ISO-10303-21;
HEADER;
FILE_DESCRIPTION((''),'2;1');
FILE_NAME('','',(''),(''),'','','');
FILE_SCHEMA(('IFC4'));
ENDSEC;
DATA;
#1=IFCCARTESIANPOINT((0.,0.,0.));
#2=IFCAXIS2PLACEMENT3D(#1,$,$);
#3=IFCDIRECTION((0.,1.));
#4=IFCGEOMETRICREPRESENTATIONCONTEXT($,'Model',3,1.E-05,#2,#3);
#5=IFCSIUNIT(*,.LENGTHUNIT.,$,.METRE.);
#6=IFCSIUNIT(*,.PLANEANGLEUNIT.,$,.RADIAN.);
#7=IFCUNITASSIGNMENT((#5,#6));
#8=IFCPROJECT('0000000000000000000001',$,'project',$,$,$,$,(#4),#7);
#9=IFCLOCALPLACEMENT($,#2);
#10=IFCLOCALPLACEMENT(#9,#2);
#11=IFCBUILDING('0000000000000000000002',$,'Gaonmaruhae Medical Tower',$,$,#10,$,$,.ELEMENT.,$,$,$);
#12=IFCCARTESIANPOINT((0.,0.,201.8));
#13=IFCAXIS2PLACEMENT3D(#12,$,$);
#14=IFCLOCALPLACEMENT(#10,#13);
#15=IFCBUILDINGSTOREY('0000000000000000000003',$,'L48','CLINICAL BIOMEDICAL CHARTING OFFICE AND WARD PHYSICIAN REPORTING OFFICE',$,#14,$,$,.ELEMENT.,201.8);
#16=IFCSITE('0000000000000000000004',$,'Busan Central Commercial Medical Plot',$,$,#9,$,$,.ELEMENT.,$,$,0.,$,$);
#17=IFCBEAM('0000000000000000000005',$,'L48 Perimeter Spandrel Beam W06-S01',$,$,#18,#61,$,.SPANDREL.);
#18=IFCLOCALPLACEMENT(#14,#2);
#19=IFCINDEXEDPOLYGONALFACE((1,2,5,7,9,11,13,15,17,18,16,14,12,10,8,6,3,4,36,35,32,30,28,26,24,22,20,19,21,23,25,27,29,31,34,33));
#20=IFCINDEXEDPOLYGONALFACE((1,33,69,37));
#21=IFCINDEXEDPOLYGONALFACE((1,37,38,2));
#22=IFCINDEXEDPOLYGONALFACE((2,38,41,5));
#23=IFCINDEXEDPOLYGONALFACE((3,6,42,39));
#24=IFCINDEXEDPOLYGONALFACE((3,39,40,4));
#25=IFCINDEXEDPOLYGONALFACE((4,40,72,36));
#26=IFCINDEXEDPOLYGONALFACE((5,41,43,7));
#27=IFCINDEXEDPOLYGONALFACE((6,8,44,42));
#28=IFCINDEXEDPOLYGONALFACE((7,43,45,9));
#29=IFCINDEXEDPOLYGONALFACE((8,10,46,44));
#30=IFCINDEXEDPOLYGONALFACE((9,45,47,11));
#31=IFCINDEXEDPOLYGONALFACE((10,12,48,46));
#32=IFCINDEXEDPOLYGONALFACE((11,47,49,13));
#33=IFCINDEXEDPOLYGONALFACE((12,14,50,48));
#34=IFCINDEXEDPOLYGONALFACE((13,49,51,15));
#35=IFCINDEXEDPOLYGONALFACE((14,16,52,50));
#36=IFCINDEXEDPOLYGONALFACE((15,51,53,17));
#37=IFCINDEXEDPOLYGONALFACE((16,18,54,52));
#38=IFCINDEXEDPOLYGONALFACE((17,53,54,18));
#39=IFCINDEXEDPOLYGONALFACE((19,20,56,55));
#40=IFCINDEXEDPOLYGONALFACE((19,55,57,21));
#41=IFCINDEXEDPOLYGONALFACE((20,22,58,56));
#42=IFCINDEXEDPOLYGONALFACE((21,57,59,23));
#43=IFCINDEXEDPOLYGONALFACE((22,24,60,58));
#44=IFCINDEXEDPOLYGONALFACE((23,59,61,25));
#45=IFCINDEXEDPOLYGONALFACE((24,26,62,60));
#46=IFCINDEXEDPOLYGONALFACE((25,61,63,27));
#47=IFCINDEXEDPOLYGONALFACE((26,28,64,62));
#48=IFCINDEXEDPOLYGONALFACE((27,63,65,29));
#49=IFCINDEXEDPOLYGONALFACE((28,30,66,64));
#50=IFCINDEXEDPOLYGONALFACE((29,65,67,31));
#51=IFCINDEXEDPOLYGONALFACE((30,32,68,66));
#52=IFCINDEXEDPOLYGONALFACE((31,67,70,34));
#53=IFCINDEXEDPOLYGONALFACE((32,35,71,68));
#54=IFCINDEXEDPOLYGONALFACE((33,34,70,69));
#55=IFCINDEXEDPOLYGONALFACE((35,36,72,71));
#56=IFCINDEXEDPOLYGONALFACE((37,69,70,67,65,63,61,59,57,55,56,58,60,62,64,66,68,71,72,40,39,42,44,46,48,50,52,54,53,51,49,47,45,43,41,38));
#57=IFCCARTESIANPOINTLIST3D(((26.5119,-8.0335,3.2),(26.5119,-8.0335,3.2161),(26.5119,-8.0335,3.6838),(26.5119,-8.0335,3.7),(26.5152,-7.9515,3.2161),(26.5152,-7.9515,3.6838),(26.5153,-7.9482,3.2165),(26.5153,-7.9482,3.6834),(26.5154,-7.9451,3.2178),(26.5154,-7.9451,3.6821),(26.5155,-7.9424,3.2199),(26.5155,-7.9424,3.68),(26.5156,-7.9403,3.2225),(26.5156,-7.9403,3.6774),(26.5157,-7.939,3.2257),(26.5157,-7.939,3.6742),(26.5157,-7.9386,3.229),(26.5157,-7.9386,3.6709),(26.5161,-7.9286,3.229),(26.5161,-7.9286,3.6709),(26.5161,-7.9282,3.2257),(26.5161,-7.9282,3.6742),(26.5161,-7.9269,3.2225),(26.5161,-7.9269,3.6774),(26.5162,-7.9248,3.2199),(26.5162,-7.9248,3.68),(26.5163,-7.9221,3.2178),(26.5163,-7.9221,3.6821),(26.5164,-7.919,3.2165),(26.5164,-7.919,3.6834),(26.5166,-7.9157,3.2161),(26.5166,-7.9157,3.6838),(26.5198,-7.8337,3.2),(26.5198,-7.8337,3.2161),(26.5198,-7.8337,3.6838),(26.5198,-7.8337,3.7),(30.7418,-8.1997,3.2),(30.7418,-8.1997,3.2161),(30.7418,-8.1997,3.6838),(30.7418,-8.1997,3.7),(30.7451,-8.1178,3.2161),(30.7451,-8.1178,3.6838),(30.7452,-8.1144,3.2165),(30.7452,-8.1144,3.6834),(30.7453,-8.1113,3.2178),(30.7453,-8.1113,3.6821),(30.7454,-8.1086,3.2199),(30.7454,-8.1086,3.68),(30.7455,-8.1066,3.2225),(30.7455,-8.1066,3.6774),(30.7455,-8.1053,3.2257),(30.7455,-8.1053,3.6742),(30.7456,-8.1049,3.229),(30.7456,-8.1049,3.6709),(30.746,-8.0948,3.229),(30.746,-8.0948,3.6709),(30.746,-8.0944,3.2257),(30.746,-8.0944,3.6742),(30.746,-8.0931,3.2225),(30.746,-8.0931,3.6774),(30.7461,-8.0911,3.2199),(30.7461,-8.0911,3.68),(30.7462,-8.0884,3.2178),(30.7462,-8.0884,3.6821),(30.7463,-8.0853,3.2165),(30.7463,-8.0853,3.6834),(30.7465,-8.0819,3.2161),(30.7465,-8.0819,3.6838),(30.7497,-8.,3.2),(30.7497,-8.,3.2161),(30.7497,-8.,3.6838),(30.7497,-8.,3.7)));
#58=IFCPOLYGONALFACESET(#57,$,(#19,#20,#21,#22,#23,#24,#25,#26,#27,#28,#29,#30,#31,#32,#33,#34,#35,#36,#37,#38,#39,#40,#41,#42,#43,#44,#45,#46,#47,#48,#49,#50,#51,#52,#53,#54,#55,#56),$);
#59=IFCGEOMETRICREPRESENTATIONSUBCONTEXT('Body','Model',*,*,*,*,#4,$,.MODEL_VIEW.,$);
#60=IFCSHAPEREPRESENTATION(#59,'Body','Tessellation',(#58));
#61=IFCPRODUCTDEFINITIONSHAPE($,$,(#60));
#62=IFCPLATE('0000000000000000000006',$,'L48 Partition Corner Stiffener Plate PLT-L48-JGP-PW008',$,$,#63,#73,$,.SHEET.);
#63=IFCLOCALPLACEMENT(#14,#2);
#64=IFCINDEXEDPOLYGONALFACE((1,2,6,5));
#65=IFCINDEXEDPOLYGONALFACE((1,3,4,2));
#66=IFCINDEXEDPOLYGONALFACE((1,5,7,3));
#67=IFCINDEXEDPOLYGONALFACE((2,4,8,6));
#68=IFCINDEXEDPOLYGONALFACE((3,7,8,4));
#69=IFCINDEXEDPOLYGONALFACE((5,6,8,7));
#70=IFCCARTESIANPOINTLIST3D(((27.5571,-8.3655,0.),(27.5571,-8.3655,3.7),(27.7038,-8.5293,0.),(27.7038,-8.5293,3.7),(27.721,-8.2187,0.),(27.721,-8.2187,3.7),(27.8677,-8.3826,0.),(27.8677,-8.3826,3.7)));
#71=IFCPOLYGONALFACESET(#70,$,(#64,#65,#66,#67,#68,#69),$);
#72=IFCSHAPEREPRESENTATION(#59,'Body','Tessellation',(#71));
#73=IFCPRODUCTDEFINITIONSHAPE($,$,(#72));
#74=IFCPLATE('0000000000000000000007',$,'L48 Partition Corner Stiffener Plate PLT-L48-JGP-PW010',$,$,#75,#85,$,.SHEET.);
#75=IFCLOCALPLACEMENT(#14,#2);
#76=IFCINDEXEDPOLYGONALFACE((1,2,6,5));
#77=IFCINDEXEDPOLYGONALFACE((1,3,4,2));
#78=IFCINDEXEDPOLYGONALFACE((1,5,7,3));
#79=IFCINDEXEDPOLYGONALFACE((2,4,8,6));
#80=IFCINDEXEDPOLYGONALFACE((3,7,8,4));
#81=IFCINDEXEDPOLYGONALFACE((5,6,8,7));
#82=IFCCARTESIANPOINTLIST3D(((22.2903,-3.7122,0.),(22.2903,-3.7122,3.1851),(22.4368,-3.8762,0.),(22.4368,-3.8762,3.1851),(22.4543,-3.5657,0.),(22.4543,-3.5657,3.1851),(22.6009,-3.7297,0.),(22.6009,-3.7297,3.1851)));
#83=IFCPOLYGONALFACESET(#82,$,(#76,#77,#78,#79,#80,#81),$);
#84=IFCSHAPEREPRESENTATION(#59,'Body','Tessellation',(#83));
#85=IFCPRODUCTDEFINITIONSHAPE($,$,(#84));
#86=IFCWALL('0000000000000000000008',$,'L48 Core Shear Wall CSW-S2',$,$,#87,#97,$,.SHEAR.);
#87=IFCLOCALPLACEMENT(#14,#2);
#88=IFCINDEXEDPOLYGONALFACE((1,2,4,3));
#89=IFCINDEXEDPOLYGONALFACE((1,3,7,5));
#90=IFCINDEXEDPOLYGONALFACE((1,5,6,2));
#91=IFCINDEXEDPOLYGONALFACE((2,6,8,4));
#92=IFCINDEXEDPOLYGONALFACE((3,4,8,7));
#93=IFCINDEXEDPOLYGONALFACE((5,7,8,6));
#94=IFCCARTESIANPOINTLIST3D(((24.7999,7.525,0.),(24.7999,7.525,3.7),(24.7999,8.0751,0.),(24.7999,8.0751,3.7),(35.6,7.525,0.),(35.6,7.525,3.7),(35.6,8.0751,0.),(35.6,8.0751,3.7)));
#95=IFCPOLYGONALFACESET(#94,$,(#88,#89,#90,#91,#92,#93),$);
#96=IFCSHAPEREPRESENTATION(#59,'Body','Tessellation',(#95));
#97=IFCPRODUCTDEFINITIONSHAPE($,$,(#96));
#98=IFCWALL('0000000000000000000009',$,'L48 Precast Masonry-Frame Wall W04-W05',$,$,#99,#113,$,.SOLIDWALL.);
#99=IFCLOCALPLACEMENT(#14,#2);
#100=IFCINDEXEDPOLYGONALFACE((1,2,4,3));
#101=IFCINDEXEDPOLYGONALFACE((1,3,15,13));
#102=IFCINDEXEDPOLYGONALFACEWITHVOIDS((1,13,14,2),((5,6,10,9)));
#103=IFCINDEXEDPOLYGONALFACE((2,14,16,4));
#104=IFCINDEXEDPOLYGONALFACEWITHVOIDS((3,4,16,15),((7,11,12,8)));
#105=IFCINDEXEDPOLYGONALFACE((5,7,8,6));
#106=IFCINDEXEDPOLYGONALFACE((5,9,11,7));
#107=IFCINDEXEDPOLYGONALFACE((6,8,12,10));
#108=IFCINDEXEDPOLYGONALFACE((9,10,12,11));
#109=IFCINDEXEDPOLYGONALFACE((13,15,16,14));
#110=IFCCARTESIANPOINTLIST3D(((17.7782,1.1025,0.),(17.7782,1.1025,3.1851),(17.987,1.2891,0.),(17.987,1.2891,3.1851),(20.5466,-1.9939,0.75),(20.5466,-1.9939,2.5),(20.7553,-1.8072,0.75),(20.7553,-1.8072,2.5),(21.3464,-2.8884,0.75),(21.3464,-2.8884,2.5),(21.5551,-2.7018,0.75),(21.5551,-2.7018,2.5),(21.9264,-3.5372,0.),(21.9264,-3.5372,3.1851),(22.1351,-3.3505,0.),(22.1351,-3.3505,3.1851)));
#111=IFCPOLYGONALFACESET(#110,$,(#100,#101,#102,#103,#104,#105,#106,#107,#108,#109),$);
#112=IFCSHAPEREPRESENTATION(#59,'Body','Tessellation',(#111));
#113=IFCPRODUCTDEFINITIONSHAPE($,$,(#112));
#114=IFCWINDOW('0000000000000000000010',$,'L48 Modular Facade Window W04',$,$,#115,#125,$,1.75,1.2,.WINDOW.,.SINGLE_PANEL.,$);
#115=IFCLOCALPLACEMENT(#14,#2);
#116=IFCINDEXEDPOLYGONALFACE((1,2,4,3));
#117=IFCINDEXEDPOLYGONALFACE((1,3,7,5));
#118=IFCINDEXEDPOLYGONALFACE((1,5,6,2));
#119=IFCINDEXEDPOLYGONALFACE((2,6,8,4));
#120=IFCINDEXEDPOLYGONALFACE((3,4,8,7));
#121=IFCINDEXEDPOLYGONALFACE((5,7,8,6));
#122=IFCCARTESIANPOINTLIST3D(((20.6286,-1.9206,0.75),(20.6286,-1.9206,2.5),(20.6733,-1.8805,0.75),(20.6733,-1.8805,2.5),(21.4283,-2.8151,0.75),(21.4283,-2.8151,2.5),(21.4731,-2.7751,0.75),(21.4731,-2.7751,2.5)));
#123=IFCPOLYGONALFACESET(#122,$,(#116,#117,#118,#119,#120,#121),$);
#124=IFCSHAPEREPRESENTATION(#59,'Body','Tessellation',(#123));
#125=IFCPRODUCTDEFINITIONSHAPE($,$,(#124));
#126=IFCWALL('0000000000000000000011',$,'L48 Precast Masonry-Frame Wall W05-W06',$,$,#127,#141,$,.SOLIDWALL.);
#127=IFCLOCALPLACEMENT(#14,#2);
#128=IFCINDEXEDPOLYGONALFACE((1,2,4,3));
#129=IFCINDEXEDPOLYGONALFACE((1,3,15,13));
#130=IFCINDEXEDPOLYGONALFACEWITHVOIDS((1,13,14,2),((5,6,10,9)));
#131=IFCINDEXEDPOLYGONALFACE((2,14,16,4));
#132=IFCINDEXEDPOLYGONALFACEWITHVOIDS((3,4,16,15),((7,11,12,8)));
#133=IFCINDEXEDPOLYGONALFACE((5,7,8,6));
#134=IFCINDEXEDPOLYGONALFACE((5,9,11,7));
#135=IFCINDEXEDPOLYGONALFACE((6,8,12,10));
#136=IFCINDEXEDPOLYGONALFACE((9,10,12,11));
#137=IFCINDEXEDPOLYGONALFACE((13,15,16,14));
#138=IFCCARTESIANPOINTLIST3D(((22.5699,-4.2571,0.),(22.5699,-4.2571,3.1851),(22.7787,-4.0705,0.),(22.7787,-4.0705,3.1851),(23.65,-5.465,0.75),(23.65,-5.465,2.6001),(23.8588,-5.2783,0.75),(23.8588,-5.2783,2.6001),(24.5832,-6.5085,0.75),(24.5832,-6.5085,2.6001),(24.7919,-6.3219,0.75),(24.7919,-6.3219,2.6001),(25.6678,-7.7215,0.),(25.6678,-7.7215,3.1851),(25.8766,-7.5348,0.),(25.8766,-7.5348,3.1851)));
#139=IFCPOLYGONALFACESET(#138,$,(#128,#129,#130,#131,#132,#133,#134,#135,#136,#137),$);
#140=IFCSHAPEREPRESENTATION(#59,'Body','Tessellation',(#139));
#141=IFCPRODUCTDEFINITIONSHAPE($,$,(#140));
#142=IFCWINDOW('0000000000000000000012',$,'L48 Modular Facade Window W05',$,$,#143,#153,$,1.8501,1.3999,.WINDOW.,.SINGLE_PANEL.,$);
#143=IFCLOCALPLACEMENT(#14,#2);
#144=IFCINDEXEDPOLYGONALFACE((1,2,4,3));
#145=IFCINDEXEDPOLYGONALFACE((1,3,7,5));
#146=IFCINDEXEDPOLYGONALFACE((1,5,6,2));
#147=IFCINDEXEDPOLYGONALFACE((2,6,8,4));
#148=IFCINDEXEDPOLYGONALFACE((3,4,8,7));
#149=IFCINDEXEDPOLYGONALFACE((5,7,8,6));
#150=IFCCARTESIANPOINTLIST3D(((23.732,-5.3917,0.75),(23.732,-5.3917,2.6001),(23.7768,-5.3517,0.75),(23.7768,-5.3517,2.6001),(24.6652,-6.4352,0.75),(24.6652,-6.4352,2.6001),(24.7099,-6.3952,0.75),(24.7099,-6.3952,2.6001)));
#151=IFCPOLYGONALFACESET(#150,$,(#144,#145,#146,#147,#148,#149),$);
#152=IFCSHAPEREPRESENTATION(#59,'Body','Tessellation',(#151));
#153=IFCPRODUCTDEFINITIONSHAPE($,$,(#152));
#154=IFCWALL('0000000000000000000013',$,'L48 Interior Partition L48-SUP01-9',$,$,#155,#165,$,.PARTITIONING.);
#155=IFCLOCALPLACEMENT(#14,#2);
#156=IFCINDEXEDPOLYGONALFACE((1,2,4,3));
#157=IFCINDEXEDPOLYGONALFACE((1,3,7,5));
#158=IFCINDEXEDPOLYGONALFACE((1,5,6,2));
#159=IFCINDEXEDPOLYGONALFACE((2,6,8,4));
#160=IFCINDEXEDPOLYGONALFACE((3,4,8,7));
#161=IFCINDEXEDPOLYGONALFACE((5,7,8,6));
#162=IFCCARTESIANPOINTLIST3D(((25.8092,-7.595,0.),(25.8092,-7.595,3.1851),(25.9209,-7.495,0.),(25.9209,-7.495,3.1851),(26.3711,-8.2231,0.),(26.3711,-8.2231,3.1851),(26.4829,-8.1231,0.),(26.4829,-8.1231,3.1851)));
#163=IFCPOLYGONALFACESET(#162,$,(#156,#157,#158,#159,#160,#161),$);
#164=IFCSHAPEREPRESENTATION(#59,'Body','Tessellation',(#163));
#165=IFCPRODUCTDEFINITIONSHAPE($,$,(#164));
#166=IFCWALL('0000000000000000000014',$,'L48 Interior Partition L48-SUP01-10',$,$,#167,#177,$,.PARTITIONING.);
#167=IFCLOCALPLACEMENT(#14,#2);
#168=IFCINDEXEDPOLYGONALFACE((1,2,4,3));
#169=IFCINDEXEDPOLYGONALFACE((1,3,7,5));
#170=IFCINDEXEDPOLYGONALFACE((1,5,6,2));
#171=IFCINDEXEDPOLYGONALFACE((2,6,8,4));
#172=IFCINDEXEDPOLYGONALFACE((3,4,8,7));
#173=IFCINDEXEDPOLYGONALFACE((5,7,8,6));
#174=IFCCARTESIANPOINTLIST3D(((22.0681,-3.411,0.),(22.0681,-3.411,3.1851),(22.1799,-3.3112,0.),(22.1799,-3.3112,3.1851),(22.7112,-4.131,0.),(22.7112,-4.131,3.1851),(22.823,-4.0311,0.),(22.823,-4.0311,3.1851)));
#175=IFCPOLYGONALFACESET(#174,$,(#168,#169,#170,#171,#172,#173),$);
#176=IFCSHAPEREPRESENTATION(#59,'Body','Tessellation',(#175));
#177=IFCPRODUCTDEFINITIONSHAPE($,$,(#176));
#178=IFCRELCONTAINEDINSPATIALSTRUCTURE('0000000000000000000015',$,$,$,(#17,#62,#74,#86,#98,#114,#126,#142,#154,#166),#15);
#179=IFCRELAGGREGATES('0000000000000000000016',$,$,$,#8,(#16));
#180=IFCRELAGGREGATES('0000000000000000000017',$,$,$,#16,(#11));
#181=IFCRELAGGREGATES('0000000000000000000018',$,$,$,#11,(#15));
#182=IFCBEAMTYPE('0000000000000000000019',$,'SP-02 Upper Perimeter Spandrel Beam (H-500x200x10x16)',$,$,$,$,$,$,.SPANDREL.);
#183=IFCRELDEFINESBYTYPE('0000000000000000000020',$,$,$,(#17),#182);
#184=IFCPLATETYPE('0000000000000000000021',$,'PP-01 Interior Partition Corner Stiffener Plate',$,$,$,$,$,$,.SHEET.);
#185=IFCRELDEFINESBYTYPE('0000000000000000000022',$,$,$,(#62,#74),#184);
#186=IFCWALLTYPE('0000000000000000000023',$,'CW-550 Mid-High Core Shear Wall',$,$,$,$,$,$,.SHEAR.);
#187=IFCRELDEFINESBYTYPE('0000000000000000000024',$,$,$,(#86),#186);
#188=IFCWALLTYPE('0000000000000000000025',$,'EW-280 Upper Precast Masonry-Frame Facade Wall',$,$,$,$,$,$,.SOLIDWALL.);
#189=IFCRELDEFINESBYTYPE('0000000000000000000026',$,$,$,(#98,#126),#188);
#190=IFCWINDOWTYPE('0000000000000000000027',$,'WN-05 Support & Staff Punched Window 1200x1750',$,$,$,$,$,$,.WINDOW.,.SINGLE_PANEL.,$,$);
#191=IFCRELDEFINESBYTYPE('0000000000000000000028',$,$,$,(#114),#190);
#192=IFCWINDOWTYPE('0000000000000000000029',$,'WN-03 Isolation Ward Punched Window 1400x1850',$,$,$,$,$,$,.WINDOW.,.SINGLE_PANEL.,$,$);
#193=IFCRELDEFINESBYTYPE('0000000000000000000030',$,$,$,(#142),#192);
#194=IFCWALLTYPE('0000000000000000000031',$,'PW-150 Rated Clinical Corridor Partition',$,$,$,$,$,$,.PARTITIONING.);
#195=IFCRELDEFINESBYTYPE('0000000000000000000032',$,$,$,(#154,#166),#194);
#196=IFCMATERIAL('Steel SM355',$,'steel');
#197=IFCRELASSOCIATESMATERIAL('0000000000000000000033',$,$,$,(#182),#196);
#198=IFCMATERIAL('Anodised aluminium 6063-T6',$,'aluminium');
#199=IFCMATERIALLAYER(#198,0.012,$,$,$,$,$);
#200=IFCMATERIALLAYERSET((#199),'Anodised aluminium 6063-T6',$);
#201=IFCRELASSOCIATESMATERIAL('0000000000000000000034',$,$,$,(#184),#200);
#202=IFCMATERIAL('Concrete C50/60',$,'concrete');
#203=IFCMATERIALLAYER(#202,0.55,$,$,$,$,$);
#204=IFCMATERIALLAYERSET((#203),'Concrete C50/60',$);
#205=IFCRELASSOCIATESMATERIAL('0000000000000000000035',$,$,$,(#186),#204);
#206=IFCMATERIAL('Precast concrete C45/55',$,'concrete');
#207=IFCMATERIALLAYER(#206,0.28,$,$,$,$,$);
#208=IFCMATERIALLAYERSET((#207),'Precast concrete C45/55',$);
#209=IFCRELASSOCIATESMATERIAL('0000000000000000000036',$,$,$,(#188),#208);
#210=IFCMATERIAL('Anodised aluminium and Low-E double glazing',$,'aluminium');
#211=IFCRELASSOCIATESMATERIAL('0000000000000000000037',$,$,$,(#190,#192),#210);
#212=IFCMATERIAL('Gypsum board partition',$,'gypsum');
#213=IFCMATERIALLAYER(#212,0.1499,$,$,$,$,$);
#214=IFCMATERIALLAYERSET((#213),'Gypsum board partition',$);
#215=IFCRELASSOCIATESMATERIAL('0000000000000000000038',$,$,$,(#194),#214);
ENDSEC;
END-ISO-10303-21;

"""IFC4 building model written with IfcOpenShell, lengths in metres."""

from ifc_helpers import new_model, si_unit, direction, frame, frame_2d, origin, origin_2d, place, context, subcontext, project, spatial, rectangle, i_section, extrude, material, layer, layer_set, material_profile, profile_set, type_object, element, fill, save


model = new_model("IFC4")

# Units and contexts
model_context = context("Model", 3, precision=1e-05, world=origin(), true_north=direction((0.0, 1.0)))
body_context = subcontext(model_context, "Body", "Model", "MODEL_VIEW")
ifc_project = project(units=[si_unit("LENGTHUNIT", "METRE"), si_unit("PLANEANGLEUNIT", "RADIAN")], contexts=[model_context])

# Site, building, storey
site_placement = place(None, origin())
site = spatial("IfcSite", under=ifc_project, at=site_placement, Name="Busan Central Commercial Medical Plot", CompositionType="ELEMENT", RefElevation=0.0)
building_placement = place(site_placement, origin())
building = spatial("IfcBuilding", under=site, at=building_placement, Name="Gaonmaruhae Medical Tower", CompositionType="ELEMENT")
storey_placement = place(building_placement, frame((0.0, 0.0, 201.8)))
storey = spatial("IfcBuildingStorey", under=building, at=storey_placement, Name="L48", Description="CLINICAL BIOMEDICAL CHARTING OFFICE AND WARD PHYSICIAN REPORTING OFFICE", CompositionType="ELEMENT", Elevation=201.8)

# Shared definitions
ifc_material_1 = material(Name="Concrete C50/60", Category="concrete")

# Beam
ifc_material_2 = material(Name="Steel SM355", Category="steel")
ifc_material_profile_1 = material_profile(ifc_material_2, i_section(OverallWidth=0.2, OverallDepth=0.5, WebThickness=0.01, FlangeThickness=0.0161, FilletRadius=0.0129, at=origin_2d()), Name="H-500x200x10x16")
ifc_profile_set_1 = profile_set([ifc_material_profile_1], Name="Steel SM355")
beam_type_1 = type_object("IfcBeamType", Name="SP-02 Upper Perimeter Spandrel Beam (H-500x200x10x16)", PredefinedType="SPANDREL", material=ifc_profile_set_1)
beam_1_placement = place(storey_placement, frame((26.5159, -7.9336, 3.45), z_axis=(0.999228, -0.039275, 0.0), x_axis=(0.039275, 0.999228, 0.0)))
element("IfcBeam", 1, at=beam_1_placement, inside=storey, type_object=beam_type_1, Name="L48 Perimeter Spandrel Beam W06-S01", PredefinedType="SPANDREL", context=body_context, shape_type="SweptSolid", body=[
    extrude(i_section(OverallWidth=0.2, OverallDepth=0.5, WebThickness=0.01, FlangeThickness=0.0161, FilletRadius=0.0129, at=origin_2d()), origin(), (0.0, 0.0, 1.0), 4.2332),
])

# Plates
ifc_material_3 = material(Name="Anodised aluminium 6063-T6", Category="aluminium")
ifc_layer_1 = layer(ifc_material_3, 0.012)
ifc_layer_set_1 = layer_set([ifc_layer_1], Name="Anodised aluminium 6063-T6")
plate_type = type_object("IfcPlateType", Name="PP-01 Interior Partition Corner Stiffener Plate", PredefinedType="SHEET", material=ifc_layer_set_1)
plate_1_placement = place(storey_placement, frame((27.7124, -8.374, 0.0), z_axis=(0.0, 0.0, 1.0), x_axis=(-0.667066, 0.744999, 0.0)))
element("IfcPlate", 2, at=plate_1_placement, inside=storey, type_object=plate_type, Name="L48 Partition Corner Stiffener Plate PLT-L48-JGP-PW008", PredefinedType="SHEET", context=body_context, shape_type="SweptSolid", body=[
    extrude(rectangle(XDim=0.22, YDim=0.22, at=origin_2d()), origin(), (0.0, 0.0, 1.0), 3.7),
])
plate_2_placement = place(storey_placement, frame((22.4456, -3.7209, 0.0), z_axis=(0.0, 0.0, 1.0), x_axis=(-0.666103, 0.74586, 0.0)))
element("IfcPlate", 3, at=plate_2_placement, inside=storey, type_object=plate_type, Name="L48 Partition Corner Stiffener Plate PLT-L48-JGP-PW010", PredefinedType="SHEET", context=body_context, shape_type="SweptSolid", body=[
    extrude(rectangle(XDim=0.22, YDim=0.22, at=origin_2d()), origin(), (0.0, 0.0, 1.0), 3.1851),
])

# Wall
ifc_layer_2 = layer(ifc_material_1, 0.55)
ifc_layer_set_2 = layer_set([ifc_layer_2], Name="Concrete C50/60")
wall_type_1 = type_object("IfcWallType", Name="CW-550 Mid-High Core Shear Wall", PredefinedType="SHEAR", material=ifc_layer_set_2)
wall_1_placement = place(storey_placement, frame((24.8, 7.8, 0.0), z_axis=(0.0, 0.0, 1.0), x_axis=(1.0, 0.0, 0.0)))
element("IfcWall", 4, at=wall_1_placement, inside=storey, type_object=wall_type_1, Name="L48 Core Shear Wall CSW-S2", PredefinedType="SHEAR", context=body_context, shape_type="SweptSolid", body=[
    extrude(rectangle(XDim=10.8, YDim=0.55, at=frame_2d((5.3999, 0.0))), origin(), (0.0, 0.0, 1.0), 3.7),
])

# Walls, openings, windows
ifc_material_4 = material(Name="Precast concrete C45/55", Category="concrete")
ifc_layer_3 = layer(ifc_material_4, 0.28)
ifc_layer_set_3 = layer_set([ifc_layer_3], Name="Precast concrete C45/55")
wall_type_2 = type_object("IfcWallType", Name="EW-280 Upper Precast Masonry-Frame Facade Wall", PredefinedType="SOLIDWALL", material=ifc_layer_set_3)
wall_2_placement = place(storey_placement, frame((22.0308, -3.4438, 0.0), z_axis=(0.0, 0.0, 1.0), x_axis=(-0.666521, 0.745486, 0.0)))
wall_2 = element("IfcWall", 5, at=wall_2_placement, inside=storey, type_object=wall_type_2, Name="L48 Precast Masonry-Frame Wall W04-W05", PredefinedType="SOLIDWALL", context=body_context, shape_type="SweptSolid", body=[
    extrude(rectangle(XDim=6.2236, YDim=0.28, at=frame_2d((3.1118, 0.0))), origin(), (0.0, 0.0, 1.0), 3.1851),
])
opening_1_placement = place(wall_2_placement, frame((0.8701, 0.0, 0.75)))
opening_1 = element("IfcOpeningElement", 6, at=opening_1_placement, cuts=wall_2, PredefinedType="OPENING", context=body_context, shape_type="SweptSolid", body=[
    extrude(rectangle(XDim=1.2, YDim=1.75, at=frame_2d((0.6001, 0.875))), frame((0.0, 0.1499, 0.0), z_axis=(0.0, -1.0, 0.0), x_axis=(1.0, 0.0, 0.0)), (0.0, 0.0, 1.0), 0.3),
])
ifc_material_5 = material(Name="Anodised aluminium and Low-E double glazing", Category="aluminium")
window_type_1 = type_object("IfcWindowType", Name="WN-05 Support & Staff Punched Window 1200x1750", PartitioningType="SINGLE_PANEL", PredefinedType="WINDOW", material=ifc_material_5)
window_1_placement = place(opening_1_placement, origin())
window_1 = element("IfcWindow", 7, at=window_1_placement, inside=storey, type_object=window_type_1, Name="L48 Modular Facade Window W04", OverallHeight=1.75, OverallWidth=1.2, PartitioningType="SINGLE_PANEL", PredefinedType="WINDOW", context=body_context, shape_type="SweptSolid", body=[
    extrude(rectangle(XDim=1.2, YDim=1.75, at=frame_2d((0.6001, 0.875))), frame((0.0, 0.03, 0.0), z_axis=(0.0, -1.0, 0.0), x_axis=(1.0, 0.0, 0.0)), (0.0, 0.0, 1.0), 0.0601),
])
fill(opening_1, window_1)
wall_3_placement = place(storey_placement, frame((25.7722, -7.6282, 0.0), z_axis=(0.0, 0.0, 1.0), x_axis=(-0.666581, 0.745432, 0.0)))
wall_3 = element("IfcWall", 8, at=wall_3_placement, inside=storey, type_object=wall_type_2, Name="L48 Precast Masonry-Frame Wall W05-W06", PredefinedType="SOLIDWALL", context=body_context, shape_type="SweptSolid", body=[
    extrude(rectangle(XDim=4.6475, YDim=0.28, at=frame_2d((2.3237, 0.0))), origin(), (0.0, 0.0, 1.0), 3.1851),
])
opening_2_placement = place(wall_3_placement, frame((1.6272, 0.0, 0.75)))
opening_2 = element("IfcOpeningElement", 9, at=opening_2_placement, cuts=wall_3, PredefinedType="OPENING", context=body_context, shape_type="SweptSolid", body=[
    extrude(rectangle(XDim=1.3999, YDim=1.8501, at=frame_2d((0.7, 0.925))), frame((0.0, 0.1499, 0.0), z_axis=(0.0, -1.0, 0.0), x_axis=(1.0, 0.0, 0.0)), (0.0, 0.0, 1.0), 0.3),
])
window_type_2 = type_object("IfcWindowType", Name="WN-03 Isolation Ward Punched Window 1400x1850", PartitioningType="SINGLE_PANEL", PredefinedType="WINDOW", material=ifc_material_5)
window_2_placement = place(opening_2_placement, origin())
window_2 = element("IfcWindow", 10, at=window_2_placement, inside=storey, type_object=window_type_2, Name="L48 Modular Facade Window W05", OverallHeight=1.8501, OverallWidth=1.3999, PartitioningType="SINGLE_PANEL", PredefinedType="WINDOW", context=body_context, shape_type="SweptSolid", body=[
    extrude(rectangle(XDim=1.3999, YDim=1.8501, at=frame_2d((0.7, 0.925))), frame((0.0, 0.03, 0.0), z_axis=(0.0, -1.0, 0.0), x_axis=(1.0, 0.0, 0.0)), (0.0, 0.0, 1.0), 0.0601),
])
fill(opening_2, window_2)

# Walls
ifc_material_6 = material(Name="Gypsum board partition", Category="gypsum")
ifc_layer_4 = layer(ifc_material_6, 0.1499)
ifc_layer_set_4 = layer_set([ifc_layer_4], Name="Gypsum board partition")
wall_type_3 = type_object("IfcWallType", Name="PW-150 Rated Clinical Corridor Partition", PredefinedType="PARTITIONING", material=ifc_layer_set_4)
wall_4_placement = place(storey_placement, frame((26.427, -8.1731, 0.0), z_axis=(0.0, 0.0, 1.0), x_axis=(-0.666769, 0.745264, 0.0)))
element("IfcWall", 11, at=wall_4_placement, inside=storey, type_object=wall_type_3, Name="L48 Interior Partition L48-SUP01-9", PredefinedType="PARTITIONING", context=body_context, shape_type="SweptSolid", body=[
    extrude(rectangle(XDim=0.8428, YDim=0.1499, at=frame_2d((0.4214, 0.0))), origin(), (0.0, 0.0, 1.0), 3.1851),
])
wall_5_placement = place(storey_placement, frame((22.7671, -4.0811, 0.0), z_axis=(0.0, 0.0, 1.0), x_axis=(-0.666151, 0.745816, 0.0)))
element("IfcWall", 12, at=wall_5_placement, inside=storey, type_object=wall_type_3, Name="L48 Interior Partition L48-SUP01-10", PredefinedType="PARTITIONING", context=body_context, shape_type="SweptSolid", body=[
    extrude(rectangle(XDim=0.9653, YDim=0.1499, at=frame_2d((0.4827, 0.0))), origin(), (0.0, 0.0, 1.0), 3.1851),
])

save(model, "model.ifc")
